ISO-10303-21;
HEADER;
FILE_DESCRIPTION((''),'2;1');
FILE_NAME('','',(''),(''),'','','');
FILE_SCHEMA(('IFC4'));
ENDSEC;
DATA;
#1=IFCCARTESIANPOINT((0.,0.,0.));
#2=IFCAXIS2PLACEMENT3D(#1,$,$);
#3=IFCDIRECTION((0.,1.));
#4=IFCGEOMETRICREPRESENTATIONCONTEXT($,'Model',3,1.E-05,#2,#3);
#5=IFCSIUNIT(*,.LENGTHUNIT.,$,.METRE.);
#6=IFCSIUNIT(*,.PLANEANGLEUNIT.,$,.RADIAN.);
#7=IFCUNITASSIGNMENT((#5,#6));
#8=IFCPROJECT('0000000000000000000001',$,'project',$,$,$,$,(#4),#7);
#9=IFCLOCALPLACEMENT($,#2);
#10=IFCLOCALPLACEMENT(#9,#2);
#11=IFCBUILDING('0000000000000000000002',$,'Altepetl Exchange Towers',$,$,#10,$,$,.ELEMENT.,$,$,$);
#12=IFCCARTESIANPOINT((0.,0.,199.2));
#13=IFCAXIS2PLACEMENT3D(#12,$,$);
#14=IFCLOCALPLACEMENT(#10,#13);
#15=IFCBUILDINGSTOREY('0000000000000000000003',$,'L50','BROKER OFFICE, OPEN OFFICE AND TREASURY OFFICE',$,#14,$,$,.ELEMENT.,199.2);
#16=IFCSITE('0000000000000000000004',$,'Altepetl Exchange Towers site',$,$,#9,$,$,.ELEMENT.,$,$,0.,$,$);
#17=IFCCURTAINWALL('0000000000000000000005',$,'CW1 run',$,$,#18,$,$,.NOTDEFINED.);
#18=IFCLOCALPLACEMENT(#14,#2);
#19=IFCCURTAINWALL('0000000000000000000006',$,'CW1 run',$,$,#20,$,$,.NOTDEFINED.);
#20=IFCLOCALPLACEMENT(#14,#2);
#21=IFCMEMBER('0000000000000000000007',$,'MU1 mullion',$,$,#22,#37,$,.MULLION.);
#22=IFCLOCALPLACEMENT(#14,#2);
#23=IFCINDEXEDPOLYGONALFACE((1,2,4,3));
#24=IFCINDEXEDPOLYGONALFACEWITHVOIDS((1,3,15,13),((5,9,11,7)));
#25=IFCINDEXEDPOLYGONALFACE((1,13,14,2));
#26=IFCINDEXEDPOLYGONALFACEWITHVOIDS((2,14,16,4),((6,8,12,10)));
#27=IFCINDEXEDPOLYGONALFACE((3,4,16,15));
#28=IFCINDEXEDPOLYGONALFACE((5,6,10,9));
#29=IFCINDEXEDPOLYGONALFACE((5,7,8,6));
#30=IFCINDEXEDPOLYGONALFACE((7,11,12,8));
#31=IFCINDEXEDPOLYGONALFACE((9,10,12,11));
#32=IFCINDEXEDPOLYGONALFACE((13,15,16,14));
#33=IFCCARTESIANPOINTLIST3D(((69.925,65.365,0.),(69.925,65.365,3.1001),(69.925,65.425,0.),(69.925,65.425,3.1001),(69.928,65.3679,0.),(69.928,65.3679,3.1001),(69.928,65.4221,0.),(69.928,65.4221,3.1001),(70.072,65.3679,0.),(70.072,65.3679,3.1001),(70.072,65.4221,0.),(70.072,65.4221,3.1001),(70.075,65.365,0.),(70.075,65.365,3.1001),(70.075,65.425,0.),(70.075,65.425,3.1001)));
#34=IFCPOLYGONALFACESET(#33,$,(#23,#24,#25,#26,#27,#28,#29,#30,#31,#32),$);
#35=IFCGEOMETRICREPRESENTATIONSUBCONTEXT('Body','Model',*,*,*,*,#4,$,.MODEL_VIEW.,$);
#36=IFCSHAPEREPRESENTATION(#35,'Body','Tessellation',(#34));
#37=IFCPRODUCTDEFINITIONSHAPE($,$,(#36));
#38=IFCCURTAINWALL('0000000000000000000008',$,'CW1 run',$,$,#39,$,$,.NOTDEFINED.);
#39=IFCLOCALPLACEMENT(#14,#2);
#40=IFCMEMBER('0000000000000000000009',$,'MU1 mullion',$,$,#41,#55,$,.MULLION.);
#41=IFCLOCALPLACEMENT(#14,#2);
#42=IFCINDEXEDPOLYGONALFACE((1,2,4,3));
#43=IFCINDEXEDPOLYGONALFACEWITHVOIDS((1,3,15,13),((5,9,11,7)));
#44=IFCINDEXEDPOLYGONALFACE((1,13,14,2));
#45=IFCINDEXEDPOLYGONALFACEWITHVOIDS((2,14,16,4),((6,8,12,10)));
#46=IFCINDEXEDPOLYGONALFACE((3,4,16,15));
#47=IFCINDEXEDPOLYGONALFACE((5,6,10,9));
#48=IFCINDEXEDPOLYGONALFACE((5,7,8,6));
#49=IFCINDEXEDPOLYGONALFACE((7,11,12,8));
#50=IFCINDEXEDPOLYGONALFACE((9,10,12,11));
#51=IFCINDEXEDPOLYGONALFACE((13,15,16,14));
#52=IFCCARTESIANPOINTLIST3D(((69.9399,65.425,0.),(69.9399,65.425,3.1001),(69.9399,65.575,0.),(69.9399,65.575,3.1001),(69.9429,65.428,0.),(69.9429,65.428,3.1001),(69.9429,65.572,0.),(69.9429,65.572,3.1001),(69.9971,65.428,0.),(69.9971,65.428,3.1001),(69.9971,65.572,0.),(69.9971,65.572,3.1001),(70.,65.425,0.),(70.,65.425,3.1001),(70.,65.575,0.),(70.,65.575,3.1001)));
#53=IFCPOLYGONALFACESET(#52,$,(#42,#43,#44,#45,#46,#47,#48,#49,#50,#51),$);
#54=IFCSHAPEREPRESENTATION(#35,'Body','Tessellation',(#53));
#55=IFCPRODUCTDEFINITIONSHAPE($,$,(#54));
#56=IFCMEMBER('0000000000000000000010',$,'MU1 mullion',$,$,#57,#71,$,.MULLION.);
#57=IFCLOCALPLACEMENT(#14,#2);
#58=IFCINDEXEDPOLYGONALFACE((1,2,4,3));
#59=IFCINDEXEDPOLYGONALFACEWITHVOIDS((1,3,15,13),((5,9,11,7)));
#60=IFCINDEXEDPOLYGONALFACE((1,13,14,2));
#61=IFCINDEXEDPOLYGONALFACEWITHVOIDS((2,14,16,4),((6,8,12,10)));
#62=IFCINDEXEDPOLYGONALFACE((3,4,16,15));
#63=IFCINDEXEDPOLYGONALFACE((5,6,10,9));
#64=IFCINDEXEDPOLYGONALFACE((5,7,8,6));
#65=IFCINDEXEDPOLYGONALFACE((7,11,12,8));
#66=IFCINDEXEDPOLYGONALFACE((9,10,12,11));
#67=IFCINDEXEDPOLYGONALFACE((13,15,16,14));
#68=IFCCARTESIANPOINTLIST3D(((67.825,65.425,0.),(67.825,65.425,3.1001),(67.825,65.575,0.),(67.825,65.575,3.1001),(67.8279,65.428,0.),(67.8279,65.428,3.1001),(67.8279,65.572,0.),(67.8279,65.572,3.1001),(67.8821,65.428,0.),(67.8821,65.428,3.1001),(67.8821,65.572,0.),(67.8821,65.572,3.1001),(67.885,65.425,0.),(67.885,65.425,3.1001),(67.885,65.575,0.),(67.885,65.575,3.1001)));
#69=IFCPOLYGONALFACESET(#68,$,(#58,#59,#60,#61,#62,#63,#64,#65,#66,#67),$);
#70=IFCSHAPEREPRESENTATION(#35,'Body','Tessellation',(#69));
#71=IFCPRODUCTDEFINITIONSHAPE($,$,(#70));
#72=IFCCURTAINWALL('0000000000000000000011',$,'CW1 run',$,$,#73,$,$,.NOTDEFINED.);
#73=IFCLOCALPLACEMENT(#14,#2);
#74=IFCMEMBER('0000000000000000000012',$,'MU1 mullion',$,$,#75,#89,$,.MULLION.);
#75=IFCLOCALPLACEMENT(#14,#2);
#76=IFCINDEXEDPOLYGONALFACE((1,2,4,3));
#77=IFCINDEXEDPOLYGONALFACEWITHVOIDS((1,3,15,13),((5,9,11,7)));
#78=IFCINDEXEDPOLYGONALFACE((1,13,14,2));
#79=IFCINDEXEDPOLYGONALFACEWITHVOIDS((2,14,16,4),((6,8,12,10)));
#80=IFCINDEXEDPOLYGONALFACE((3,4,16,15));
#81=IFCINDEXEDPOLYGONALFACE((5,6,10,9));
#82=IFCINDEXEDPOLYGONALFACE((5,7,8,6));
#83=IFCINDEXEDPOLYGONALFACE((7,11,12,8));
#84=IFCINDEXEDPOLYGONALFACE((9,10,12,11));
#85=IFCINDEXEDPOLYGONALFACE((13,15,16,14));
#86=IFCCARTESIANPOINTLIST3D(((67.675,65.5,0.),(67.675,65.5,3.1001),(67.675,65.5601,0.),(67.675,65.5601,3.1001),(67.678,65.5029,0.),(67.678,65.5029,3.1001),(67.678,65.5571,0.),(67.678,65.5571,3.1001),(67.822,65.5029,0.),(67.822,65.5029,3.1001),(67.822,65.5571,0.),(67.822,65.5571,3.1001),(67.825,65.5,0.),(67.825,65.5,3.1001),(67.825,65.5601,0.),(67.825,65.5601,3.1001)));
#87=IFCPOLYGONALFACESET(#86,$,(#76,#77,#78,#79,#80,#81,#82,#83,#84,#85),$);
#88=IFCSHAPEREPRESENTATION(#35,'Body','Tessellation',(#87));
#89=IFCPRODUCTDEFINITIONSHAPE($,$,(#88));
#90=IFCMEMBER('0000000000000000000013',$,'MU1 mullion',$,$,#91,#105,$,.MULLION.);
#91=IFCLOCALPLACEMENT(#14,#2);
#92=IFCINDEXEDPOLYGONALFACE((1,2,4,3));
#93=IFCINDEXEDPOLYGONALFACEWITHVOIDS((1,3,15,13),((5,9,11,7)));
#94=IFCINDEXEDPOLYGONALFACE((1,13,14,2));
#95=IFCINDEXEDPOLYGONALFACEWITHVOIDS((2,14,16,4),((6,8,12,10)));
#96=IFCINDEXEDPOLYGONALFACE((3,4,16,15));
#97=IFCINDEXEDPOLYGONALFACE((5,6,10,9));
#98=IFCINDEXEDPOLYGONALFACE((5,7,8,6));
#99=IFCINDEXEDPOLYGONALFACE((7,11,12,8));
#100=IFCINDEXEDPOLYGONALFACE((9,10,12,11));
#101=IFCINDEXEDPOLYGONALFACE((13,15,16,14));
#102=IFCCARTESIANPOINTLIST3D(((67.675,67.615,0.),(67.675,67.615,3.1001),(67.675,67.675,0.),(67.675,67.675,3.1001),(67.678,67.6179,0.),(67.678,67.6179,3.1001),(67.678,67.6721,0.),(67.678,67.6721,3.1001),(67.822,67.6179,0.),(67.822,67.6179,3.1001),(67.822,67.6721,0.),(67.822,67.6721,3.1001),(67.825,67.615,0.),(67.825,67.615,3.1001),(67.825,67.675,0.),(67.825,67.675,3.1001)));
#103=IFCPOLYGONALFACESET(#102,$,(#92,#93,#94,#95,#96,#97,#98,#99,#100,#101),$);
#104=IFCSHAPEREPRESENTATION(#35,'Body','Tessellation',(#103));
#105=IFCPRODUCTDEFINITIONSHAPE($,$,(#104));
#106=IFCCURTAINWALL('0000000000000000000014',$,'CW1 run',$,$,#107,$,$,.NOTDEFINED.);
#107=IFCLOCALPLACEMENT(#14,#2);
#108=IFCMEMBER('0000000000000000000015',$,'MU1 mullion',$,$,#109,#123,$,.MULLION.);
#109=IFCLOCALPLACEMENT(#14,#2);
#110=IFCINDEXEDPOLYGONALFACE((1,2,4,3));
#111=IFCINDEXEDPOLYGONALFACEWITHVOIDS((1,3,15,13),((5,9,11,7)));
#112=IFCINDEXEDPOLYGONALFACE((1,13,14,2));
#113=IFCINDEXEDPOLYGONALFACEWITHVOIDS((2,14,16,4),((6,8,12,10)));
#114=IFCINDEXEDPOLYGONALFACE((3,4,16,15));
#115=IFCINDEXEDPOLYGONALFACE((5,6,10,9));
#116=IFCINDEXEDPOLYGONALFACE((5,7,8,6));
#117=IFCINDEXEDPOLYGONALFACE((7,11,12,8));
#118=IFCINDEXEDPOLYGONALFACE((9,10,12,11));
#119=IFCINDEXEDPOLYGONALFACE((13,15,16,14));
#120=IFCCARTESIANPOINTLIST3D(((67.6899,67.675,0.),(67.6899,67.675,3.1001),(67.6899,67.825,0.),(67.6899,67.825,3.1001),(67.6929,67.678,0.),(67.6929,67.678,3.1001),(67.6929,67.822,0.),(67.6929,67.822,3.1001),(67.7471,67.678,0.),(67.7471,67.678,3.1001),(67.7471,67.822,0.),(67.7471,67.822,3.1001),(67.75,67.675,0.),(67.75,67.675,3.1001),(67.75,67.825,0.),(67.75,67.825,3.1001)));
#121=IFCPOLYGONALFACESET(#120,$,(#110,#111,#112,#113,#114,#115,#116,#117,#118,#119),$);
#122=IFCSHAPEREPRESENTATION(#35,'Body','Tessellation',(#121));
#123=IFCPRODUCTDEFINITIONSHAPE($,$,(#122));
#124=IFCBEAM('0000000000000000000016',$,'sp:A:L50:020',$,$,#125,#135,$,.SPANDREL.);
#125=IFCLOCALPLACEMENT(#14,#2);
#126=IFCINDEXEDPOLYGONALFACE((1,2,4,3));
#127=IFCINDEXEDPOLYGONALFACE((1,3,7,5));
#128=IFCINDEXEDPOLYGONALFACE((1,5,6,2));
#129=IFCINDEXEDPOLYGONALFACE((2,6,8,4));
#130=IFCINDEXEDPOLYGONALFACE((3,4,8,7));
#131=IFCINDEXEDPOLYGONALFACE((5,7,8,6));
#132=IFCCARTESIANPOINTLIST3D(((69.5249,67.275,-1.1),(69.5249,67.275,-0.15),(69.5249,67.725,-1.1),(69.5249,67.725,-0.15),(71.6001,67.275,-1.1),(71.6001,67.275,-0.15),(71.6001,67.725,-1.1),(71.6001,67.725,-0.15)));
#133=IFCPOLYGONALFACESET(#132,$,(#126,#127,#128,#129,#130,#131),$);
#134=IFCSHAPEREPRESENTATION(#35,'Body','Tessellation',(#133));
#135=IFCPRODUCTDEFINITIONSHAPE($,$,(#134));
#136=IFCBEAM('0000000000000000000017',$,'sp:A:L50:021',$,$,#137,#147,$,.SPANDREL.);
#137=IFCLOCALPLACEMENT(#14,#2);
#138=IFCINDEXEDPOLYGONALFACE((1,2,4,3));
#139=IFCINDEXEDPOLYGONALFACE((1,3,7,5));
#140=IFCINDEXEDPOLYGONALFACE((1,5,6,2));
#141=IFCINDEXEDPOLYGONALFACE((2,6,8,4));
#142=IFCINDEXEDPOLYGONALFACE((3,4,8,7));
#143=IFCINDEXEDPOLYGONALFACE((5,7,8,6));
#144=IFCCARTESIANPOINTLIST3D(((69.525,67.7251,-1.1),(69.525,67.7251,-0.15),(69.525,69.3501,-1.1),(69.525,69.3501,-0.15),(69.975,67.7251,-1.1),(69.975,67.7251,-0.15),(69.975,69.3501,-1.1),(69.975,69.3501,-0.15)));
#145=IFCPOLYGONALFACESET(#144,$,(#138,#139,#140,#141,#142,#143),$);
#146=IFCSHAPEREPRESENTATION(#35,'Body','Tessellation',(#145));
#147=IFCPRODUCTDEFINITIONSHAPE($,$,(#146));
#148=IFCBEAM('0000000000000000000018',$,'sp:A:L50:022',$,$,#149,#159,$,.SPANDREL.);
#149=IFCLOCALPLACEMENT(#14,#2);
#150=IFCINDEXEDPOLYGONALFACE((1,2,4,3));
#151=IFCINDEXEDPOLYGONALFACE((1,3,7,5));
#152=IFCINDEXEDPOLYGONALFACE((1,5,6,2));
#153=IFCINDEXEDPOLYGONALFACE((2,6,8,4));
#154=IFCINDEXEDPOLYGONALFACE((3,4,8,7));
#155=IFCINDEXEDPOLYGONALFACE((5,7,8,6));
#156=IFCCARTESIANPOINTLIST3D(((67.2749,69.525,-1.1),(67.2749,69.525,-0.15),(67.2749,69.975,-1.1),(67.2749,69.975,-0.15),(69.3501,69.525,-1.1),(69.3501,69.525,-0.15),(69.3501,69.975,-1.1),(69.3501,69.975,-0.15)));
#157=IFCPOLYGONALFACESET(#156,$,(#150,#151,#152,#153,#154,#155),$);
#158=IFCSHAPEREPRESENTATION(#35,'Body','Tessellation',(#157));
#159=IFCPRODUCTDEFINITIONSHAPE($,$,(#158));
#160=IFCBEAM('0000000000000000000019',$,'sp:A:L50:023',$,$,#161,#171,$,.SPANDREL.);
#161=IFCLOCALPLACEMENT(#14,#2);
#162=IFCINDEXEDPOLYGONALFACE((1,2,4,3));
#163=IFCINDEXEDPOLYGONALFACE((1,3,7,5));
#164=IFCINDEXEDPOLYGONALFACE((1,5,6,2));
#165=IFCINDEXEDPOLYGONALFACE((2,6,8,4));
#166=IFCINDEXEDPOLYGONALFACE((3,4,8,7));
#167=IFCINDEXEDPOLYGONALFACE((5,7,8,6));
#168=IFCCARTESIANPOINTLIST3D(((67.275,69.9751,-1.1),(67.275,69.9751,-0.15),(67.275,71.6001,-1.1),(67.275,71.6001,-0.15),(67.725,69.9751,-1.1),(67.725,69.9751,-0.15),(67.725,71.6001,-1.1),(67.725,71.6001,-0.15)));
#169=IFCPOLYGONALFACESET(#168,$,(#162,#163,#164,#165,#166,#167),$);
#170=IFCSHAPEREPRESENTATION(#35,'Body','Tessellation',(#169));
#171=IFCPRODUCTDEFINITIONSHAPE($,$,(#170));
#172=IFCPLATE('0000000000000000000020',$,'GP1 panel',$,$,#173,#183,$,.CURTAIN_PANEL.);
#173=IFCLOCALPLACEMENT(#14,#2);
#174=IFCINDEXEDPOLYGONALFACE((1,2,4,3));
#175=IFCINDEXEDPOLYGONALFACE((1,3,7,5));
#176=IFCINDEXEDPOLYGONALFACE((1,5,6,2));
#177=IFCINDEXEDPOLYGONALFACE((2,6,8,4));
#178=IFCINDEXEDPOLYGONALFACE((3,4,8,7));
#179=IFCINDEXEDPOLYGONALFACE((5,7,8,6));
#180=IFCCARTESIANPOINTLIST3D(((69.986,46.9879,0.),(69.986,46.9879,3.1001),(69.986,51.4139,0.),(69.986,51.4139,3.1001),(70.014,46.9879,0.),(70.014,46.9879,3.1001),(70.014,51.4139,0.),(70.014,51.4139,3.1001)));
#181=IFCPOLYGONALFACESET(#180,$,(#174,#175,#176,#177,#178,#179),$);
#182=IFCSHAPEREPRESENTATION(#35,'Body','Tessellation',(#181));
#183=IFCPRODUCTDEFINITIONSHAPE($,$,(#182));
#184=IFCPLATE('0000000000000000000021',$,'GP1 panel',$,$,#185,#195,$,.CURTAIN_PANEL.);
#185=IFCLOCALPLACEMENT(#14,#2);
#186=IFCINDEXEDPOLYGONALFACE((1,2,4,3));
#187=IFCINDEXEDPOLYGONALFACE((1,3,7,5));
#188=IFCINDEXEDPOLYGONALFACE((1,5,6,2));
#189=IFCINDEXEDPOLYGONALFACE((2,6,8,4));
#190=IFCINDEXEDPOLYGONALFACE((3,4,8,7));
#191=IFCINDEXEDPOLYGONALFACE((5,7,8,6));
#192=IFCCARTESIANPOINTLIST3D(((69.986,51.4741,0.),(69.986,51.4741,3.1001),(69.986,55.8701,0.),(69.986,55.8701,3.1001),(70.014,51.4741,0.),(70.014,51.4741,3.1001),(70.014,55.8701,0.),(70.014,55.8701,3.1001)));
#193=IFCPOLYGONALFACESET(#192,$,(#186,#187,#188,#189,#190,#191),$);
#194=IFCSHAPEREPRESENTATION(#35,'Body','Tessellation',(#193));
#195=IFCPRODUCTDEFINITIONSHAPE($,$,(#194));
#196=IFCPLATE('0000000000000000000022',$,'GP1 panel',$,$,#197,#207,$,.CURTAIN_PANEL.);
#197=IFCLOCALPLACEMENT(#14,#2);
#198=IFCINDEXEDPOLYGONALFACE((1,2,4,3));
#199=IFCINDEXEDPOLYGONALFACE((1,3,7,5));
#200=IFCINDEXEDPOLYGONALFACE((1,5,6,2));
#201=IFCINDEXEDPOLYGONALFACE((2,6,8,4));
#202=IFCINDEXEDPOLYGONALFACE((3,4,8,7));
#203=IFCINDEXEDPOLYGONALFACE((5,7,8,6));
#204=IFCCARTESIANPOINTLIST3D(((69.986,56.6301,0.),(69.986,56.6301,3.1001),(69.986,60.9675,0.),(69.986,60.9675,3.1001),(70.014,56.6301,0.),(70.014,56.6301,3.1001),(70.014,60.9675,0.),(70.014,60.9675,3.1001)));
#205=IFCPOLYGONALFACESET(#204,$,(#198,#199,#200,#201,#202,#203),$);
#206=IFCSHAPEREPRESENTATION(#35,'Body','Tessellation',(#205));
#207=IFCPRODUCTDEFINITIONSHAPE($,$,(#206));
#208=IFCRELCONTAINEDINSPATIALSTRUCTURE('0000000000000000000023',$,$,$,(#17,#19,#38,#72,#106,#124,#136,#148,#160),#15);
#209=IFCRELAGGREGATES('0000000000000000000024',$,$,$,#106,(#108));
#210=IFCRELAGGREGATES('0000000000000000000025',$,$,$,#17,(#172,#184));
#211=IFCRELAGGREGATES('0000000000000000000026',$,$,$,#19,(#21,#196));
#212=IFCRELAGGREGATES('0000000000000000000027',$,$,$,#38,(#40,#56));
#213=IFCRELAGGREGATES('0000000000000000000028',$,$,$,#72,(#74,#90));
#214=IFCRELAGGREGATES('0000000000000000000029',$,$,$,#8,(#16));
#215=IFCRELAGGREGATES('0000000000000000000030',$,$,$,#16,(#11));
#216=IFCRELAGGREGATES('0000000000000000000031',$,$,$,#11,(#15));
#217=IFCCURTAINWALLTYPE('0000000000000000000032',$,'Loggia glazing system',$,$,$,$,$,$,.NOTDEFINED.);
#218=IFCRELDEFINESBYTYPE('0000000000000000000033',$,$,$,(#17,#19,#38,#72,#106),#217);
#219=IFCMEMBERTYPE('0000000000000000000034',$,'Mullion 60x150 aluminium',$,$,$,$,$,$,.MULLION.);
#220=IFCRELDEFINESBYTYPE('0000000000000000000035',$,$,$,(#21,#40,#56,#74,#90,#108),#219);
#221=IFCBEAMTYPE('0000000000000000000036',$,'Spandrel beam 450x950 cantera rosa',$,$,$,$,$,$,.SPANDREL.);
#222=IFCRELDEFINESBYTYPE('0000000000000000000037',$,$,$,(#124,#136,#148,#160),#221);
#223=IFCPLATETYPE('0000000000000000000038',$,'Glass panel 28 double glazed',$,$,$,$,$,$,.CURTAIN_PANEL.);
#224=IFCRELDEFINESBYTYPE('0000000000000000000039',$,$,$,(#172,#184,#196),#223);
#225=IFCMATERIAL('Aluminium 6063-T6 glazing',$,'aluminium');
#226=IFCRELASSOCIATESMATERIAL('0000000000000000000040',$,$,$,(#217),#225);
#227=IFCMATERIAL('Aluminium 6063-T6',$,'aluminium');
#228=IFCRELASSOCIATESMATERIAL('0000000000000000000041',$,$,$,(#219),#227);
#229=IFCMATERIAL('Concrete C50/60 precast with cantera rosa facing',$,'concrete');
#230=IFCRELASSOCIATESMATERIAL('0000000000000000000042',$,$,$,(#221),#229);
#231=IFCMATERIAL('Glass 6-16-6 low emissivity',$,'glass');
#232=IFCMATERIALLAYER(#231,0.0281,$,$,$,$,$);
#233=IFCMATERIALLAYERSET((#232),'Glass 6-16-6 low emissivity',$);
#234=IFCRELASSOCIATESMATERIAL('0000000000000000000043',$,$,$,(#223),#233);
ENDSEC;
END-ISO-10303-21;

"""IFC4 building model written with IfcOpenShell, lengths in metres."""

from ifc_helpers import new_model, si_unit, direction, frame, origin, origin_2d, place, context, subcontext, project, spatial, rectangle, hollow_rectangle, extrude, material, layer, layer_set, material_profile, profile_set, type_object, element, aggregate, save


model = new_model("IFC4")

# Units and contexts
model_context = context("Model", 3, precision=1e-05, world=origin(), true_north=direction((0.0, 1.0)))
body_context = subcontext(model_context, "Body", "Model", "MODEL_VIEW")
ifc_project = project(units=[si_unit("LENGTHUNIT", "METRE"), si_unit("PLANEANGLEUNIT", "RADIAN")], contexts=[model_context])

# Site, building, storey
site_placement = place(None, origin())
site = spatial("IfcSite", under=ifc_project, at=site_placement, Name="Altepetl Exchange Towers site", CompositionType="ELEMENT", RefElevation=0.0)
building_placement = place(site_placement, origin())
building = spatial("IfcBuilding", under=site, at=building_placement, Name="Altepetl Exchange Towers", CompositionType="ELEMENT")
storey_placement = place(building_placement, frame((0.0, 0.0, 199.2)))
storey = spatial("IfcBuildingStorey", under=building, at=storey_placement, Name="L50", Description="BROKER OFFICE, OPEN OFFICE AND TREASURY OFFICE", CompositionType="ELEMENT", Elevation=199.2)

# Curtain walls, members
ifc_material_1 = material(Name="Aluminium 6063-T6 glazing", Category="aluminium")
curtain_wall_type = type_object("IfcCurtainWallType", Name="Loggia glazing system", PredefinedType="NOTDEFINED", material=ifc_material_1)
curtain_wall_1_placement = place(storey_placement, origin())
curtain_wall_1 = element("IfcCurtainWall", 1, at=curtain_wall_1_placement, inside=storey, type_object=curtain_wall_type, Name="CW1 run", PredefinedType="NOTDEFINED")
ifc_material_2 = material(Name="Aluminium 6063-T6", Category="aluminium")
ifc_material_profile_1 = material_profile(ifc_material_2, hollow_rectangle(XDim=0.0601, YDim=0.1499, WallThickness=0.0029, at=origin_2d()), Name="Mullion 60x150 aluminium")
ifc_profile_set_1 = profile_set([ifc_material_profile_1], Name="Aluminium 6063-T6")
member_type = type_object("IfcMemberType", Name="Mullion 60x150 aluminium", PredefinedType="MULLION", material=ifc_profile_set_1)
curtain_wall_2_placement = place(storey_placement, origin())
curtain_wall_2 = element("IfcCurtainWall", 2, at=curtain_wall_2_placement, inside=storey, type_object=curtain_wall_type, Name="CW1 run", PredefinedType="NOTDEFINED")
member_1_placement = place(storey_placement, frame((70.0, 65.395, 0.0), z_axis=(0.0, 0.0, 1.0), x_axis=(0.0, 1.0, 0.0)))
member_1 = element("IfcMember", 3, at=member_1_placement, type_object=member_type, Name="MU1 mullion", PredefinedType="MULLION", context=body_context, shape_type="SweptSolid", body=[
    extrude(hollow_rectangle(XDim=0.0601, YDim=0.1499, WallThickness=0.0029, at=origin_2d()), origin(), (0.0, 0.0, 1.0), 3.1001),
])
curtain_wall_3_placement = place(storey_placement, origin())
curtain_wall_3 = element("IfcCurtainWall", 4, at=curtain_wall_3_placement, inside=storey, type_object=curtain_wall_type, Name="CW1 run", PredefinedType="NOTDEFINED")
member_2_placement = place(storey_placement, frame((69.97, 65.5, 0.0), z_axis=(0.0, 0.0, 1.0), x_axis=(-1.0, 0.0, 0.0)))
member_2 = element("IfcMember", 5, at=member_2_placement, type_object=member_type, Name="MU1 mullion", PredefinedType="MULLION", context=body_context, shape_type="SweptSolid", body=[
    extrude(hollow_rectangle(XDim=0.0601, YDim=0.1499, WallThickness=0.0029, at=origin_2d()), origin(), (0.0, 0.0, 1.0), 3.1001),
])
member_3_placement = place(storey_placement, frame((67.855, 65.5, 0.0), z_axis=(0.0, 0.0, 1.0), x_axis=(-1.0, 0.0, 0.0)))
member_3 = element("IfcMember", 6, at=member_3_placement, type_object=member_type, Name="MU1 mullion", PredefinedType="MULLION", context=body_context, shape_type="SweptSolid", body=[
    extrude(hollow_rectangle(XDim=0.0601, YDim=0.1499, WallThickness=0.0029, at=origin_2d()), origin(), (0.0, 0.0, 1.0), 3.1001),
])
curtain_wall_4_placement = place(storey_placement, origin())
curtain_wall_4 = element("IfcCurtainWall", 7, at=curtain_wall_4_placement, inside=storey, type_object=curtain_wall_type, Name="CW1 run", PredefinedType="NOTDEFINED")
member_4_placement = place(storey_placement, frame((67.75, 65.53, 0.0), z_axis=(0.0, 0.0, 1.0), x_axis=(0.0, 1.0, 0.0)))
member_4 = element("IfcMember", 8, at=member_4_placement, type_object=member_type, Name="MU1 mullion", PredefinedType="MULLION", context=body_context, shape_type="SweptSolid", body=[
    extrude(hollow_rectangle(XDim=0.0601, YDim=0.1499, WallThickness=0.0029, at=origin_2d()), origin(), (0.0, 0.0, 1.0), 3.1001),
])
member_5_placement = place(storey_placement, frame((67.75, 67.645, 0.0), z_axis=(0.0, 0.0, 1.0), x_axis=(0.0, 1.0, 0.0)))
member_5 = element("IfcMember", 9, at=member_5_placement, type_object=member_type, Name="MU1 mullion", PredefinedType="MULLION", context=body_context, shape_type="SweptSolid", body=[
    extrude(hollow_rectangle(XDim=0.0601, YDim=0.1499, WallThickness=0.0029, at=origin_2d()), origin(), (0.0, 0.0, 1.0), 3.1001),
])

# Curtain wall, member
curtain_wall_5_placement = place(storey_placement, origin())
curtain_wall_5 = element("IfcCurtainWall", 10, at=curtain_wall_5_placement, inside=storey, type_object=curtain_wall_type, Name="CW1 run", PredefinedType="NOTDEFINED")
member_6_placement = place(storey_placement, frame((67.72, 67.75, 0.0), z_axis=(0.0, 0.0, 1.0), x_axis=(-1.0, 0.0, 0.0)))
member_6 = element("IfcMember", 11, at=member_6_placement, type_object=member_type, Name="MU1 mullion", PredefinedType="MULLION", context=body_context, shape_type="SweptSolid", body=[
    extrude(hollow_rectangle(XDim=0.0601, YDim=0.1499, WallThickness=0.0029, at=origin_2d()), origin(), (0.0, 0.0, 1.0), 3.1001),
])
aggregate(curtain_wall_5, [member_6])

# Beams
ifc_material_3 = material(Name="Concrete C50/60 precast with cantera rosa facing", Category="concrete")
ifc_material_profile_2 = material_profile(ifc_material_3, rectangle(XDim=0.45, YDim=0.95, at=origin_2d()), Name="450 x 950")
ifc_profile_set_2 = profile_set([ifc_material_profile_2], Name="Concrete C50/60 precast with cantera rosa facing")
beam_type_1 = type_object("IfcBeamType", Name="Spandrel beam 450x950 cantera rosa", PredefinedType="SPANDREL", material=ifc_profile_set_2)
beam_1_placement = place(storey_placement, frame((71.6001, 67.5, -0.625), z_axis=(-1.0, 0.0, 0.0), x_axis=(0.0, -1.0, 0.0)))
element("IfcBeam", 12, at=beam_1_placement, inside=storey, type_object=beam_type_1, Name="sp:A:L50:020", PredefinedType="SPANDREL", context=body_context, shape_type="SweptSolid", body=[
    extrude(rectangle(XDim=0.45, YDim=0.95, at=origin_2d()), origin(), (0.0, 0.0, 1.0), 2.0752),
])
beam_2_placement = place(storey_placement, frame((69.75, 67.7251, -0.625), z_axis=(0.0, 1.0, 0.0), x_axis=(-1.0, 0.0, 0.0)))
element("IfcBeam", 13, at=beam_2_placement, inside=storey, type_object=beam_type_1, Name="sp:A:L50:021", PredefinedType="SPANDREL", context=body_context, shape_type="SweptSolid", body=[
    extrude(rectangle(XDim=0.45, YDim=0.95, at=origin_2d()), origin(), (0.0, 0.0, 1.0), 1.625),
])
beam_3_placement = place(storey_placement, frame((69.3501, 69.75, -0.625), z_axis=(-1.0, 0.0, 0.0), x_axis=(0.0, -1.0, 0.0)))
element("IfcBeam", 14, at=beam_3_placement, inside=storey, type_object=beam_type_1, Name="sp:A:L50:022", PredefinedType="SPANDREL", context=body_context, shape_type="SweptSolid", body=[
    extrude(rectangle(XDim=0.45, YDim=0.95, at=origin_2d()), origin(), (0.0, 0.0, 1.0), 2.0752),
])
beam_4_placement = place(storey_placement, frame((67.5, 69.9751, -0.625), z_axis=(0.0, 1.0, 0.0), x_axis=(-1.0, 0.0, 0.0)))
element("IfcBeam", 15, at=beam_4_placement, inside=storey, type_object=beam_type_1, Name="sp:A:L50:023", PredefinedType="SPANDREL", context=body_context, shape_type="SweptSolid", body=[
    extrude(rectangle(XDim=0.45, YDim=0.95, at=origin_2d()), origin(), (0.0, 0.0, 1.0), 1.625),
])

# Plates
ifc_material_4 = material(Name="Glass 6-16-6 low emissivity", Category="glass")
ifc_layer = layer(ifc_material_4, 0.0281)
ifc_layer_set = layer_set([ifc_layer], Name="Glass 6-16-6 low emissivity")
plate_type = type_object("IfcPlateType", Name="Glass panel 28 double glazed", PredefinedType="CURTAIN_PANEL", material=ifc_layer_set)
plate_1_placement = place(storey_placement, frame((70.0, 49.2009, 0.0), z_axis=(0.0, 0.0, 1.0), x_axis=(0.0, 1.0, 0.0)))
plate_1 = element("IfcPlate", 16, at=plate_1_placement, type_object=plate_type, Name="GP1 panel", PredefinedType="CURTAIN_PANEL", context=body_context, shape_type="SweptSolid", body=[
    extrude(rectangle(XDim=4.426, YDim=0.0281, at=origin_2d()), origin(), (0.0, 0.0, 1.0), 3.1001),
])
plate_2_placement = place(storey_placement, frame((70.0, 53.6721, 0.0), z_axis=(0.0, 0.0, 1.0), x_axis=(0.0, 1.0, 0.0)))
plate_2 = element("IfcPlate", 17, at=plate_2_placement, type_object=plate_type, Name="GP1 panel", PredefinedType="CURTAIN_PANEL", context=body_context, shape_type="SweptSolid", body=[
    extrude(rectangle(XDim=4.396, YDim=0.0281, at=origin_2d()), origin(), (0.0, 0.0, 1.0), 3.1001),
])
aggregate(curtain_wall_1, [plate_1, plate_2])
plate_3_placement = place(storey_placement, frame((70.0, 58.7988, 0.0), z_axis=(0.0, 0.0, 1.0), x_axis=(0.0, 1.0, 0.0)))
plate_3 = element("IfcPlate", 18, at=plate_3_placement, type_object=plate_type, Name="GP1 panel", PredefinedType="CURTAIN_PANEL", context=body_context, shape_type="SweptSolid", body=[
    extrude(rectangle(XDim=4.3374, YDim=0.0281, at=origin_2d()), origin(), (0.0, 0.0, 1.0), 3.1001),
])
aggregate(curtain_wall_2, [member_1, plate_3])
aggregate(curtain_wall_3, [member_2, member_3])
aggregate(curtain_wall_4, [member_4, member_5])

save(model, "model.ifc")
